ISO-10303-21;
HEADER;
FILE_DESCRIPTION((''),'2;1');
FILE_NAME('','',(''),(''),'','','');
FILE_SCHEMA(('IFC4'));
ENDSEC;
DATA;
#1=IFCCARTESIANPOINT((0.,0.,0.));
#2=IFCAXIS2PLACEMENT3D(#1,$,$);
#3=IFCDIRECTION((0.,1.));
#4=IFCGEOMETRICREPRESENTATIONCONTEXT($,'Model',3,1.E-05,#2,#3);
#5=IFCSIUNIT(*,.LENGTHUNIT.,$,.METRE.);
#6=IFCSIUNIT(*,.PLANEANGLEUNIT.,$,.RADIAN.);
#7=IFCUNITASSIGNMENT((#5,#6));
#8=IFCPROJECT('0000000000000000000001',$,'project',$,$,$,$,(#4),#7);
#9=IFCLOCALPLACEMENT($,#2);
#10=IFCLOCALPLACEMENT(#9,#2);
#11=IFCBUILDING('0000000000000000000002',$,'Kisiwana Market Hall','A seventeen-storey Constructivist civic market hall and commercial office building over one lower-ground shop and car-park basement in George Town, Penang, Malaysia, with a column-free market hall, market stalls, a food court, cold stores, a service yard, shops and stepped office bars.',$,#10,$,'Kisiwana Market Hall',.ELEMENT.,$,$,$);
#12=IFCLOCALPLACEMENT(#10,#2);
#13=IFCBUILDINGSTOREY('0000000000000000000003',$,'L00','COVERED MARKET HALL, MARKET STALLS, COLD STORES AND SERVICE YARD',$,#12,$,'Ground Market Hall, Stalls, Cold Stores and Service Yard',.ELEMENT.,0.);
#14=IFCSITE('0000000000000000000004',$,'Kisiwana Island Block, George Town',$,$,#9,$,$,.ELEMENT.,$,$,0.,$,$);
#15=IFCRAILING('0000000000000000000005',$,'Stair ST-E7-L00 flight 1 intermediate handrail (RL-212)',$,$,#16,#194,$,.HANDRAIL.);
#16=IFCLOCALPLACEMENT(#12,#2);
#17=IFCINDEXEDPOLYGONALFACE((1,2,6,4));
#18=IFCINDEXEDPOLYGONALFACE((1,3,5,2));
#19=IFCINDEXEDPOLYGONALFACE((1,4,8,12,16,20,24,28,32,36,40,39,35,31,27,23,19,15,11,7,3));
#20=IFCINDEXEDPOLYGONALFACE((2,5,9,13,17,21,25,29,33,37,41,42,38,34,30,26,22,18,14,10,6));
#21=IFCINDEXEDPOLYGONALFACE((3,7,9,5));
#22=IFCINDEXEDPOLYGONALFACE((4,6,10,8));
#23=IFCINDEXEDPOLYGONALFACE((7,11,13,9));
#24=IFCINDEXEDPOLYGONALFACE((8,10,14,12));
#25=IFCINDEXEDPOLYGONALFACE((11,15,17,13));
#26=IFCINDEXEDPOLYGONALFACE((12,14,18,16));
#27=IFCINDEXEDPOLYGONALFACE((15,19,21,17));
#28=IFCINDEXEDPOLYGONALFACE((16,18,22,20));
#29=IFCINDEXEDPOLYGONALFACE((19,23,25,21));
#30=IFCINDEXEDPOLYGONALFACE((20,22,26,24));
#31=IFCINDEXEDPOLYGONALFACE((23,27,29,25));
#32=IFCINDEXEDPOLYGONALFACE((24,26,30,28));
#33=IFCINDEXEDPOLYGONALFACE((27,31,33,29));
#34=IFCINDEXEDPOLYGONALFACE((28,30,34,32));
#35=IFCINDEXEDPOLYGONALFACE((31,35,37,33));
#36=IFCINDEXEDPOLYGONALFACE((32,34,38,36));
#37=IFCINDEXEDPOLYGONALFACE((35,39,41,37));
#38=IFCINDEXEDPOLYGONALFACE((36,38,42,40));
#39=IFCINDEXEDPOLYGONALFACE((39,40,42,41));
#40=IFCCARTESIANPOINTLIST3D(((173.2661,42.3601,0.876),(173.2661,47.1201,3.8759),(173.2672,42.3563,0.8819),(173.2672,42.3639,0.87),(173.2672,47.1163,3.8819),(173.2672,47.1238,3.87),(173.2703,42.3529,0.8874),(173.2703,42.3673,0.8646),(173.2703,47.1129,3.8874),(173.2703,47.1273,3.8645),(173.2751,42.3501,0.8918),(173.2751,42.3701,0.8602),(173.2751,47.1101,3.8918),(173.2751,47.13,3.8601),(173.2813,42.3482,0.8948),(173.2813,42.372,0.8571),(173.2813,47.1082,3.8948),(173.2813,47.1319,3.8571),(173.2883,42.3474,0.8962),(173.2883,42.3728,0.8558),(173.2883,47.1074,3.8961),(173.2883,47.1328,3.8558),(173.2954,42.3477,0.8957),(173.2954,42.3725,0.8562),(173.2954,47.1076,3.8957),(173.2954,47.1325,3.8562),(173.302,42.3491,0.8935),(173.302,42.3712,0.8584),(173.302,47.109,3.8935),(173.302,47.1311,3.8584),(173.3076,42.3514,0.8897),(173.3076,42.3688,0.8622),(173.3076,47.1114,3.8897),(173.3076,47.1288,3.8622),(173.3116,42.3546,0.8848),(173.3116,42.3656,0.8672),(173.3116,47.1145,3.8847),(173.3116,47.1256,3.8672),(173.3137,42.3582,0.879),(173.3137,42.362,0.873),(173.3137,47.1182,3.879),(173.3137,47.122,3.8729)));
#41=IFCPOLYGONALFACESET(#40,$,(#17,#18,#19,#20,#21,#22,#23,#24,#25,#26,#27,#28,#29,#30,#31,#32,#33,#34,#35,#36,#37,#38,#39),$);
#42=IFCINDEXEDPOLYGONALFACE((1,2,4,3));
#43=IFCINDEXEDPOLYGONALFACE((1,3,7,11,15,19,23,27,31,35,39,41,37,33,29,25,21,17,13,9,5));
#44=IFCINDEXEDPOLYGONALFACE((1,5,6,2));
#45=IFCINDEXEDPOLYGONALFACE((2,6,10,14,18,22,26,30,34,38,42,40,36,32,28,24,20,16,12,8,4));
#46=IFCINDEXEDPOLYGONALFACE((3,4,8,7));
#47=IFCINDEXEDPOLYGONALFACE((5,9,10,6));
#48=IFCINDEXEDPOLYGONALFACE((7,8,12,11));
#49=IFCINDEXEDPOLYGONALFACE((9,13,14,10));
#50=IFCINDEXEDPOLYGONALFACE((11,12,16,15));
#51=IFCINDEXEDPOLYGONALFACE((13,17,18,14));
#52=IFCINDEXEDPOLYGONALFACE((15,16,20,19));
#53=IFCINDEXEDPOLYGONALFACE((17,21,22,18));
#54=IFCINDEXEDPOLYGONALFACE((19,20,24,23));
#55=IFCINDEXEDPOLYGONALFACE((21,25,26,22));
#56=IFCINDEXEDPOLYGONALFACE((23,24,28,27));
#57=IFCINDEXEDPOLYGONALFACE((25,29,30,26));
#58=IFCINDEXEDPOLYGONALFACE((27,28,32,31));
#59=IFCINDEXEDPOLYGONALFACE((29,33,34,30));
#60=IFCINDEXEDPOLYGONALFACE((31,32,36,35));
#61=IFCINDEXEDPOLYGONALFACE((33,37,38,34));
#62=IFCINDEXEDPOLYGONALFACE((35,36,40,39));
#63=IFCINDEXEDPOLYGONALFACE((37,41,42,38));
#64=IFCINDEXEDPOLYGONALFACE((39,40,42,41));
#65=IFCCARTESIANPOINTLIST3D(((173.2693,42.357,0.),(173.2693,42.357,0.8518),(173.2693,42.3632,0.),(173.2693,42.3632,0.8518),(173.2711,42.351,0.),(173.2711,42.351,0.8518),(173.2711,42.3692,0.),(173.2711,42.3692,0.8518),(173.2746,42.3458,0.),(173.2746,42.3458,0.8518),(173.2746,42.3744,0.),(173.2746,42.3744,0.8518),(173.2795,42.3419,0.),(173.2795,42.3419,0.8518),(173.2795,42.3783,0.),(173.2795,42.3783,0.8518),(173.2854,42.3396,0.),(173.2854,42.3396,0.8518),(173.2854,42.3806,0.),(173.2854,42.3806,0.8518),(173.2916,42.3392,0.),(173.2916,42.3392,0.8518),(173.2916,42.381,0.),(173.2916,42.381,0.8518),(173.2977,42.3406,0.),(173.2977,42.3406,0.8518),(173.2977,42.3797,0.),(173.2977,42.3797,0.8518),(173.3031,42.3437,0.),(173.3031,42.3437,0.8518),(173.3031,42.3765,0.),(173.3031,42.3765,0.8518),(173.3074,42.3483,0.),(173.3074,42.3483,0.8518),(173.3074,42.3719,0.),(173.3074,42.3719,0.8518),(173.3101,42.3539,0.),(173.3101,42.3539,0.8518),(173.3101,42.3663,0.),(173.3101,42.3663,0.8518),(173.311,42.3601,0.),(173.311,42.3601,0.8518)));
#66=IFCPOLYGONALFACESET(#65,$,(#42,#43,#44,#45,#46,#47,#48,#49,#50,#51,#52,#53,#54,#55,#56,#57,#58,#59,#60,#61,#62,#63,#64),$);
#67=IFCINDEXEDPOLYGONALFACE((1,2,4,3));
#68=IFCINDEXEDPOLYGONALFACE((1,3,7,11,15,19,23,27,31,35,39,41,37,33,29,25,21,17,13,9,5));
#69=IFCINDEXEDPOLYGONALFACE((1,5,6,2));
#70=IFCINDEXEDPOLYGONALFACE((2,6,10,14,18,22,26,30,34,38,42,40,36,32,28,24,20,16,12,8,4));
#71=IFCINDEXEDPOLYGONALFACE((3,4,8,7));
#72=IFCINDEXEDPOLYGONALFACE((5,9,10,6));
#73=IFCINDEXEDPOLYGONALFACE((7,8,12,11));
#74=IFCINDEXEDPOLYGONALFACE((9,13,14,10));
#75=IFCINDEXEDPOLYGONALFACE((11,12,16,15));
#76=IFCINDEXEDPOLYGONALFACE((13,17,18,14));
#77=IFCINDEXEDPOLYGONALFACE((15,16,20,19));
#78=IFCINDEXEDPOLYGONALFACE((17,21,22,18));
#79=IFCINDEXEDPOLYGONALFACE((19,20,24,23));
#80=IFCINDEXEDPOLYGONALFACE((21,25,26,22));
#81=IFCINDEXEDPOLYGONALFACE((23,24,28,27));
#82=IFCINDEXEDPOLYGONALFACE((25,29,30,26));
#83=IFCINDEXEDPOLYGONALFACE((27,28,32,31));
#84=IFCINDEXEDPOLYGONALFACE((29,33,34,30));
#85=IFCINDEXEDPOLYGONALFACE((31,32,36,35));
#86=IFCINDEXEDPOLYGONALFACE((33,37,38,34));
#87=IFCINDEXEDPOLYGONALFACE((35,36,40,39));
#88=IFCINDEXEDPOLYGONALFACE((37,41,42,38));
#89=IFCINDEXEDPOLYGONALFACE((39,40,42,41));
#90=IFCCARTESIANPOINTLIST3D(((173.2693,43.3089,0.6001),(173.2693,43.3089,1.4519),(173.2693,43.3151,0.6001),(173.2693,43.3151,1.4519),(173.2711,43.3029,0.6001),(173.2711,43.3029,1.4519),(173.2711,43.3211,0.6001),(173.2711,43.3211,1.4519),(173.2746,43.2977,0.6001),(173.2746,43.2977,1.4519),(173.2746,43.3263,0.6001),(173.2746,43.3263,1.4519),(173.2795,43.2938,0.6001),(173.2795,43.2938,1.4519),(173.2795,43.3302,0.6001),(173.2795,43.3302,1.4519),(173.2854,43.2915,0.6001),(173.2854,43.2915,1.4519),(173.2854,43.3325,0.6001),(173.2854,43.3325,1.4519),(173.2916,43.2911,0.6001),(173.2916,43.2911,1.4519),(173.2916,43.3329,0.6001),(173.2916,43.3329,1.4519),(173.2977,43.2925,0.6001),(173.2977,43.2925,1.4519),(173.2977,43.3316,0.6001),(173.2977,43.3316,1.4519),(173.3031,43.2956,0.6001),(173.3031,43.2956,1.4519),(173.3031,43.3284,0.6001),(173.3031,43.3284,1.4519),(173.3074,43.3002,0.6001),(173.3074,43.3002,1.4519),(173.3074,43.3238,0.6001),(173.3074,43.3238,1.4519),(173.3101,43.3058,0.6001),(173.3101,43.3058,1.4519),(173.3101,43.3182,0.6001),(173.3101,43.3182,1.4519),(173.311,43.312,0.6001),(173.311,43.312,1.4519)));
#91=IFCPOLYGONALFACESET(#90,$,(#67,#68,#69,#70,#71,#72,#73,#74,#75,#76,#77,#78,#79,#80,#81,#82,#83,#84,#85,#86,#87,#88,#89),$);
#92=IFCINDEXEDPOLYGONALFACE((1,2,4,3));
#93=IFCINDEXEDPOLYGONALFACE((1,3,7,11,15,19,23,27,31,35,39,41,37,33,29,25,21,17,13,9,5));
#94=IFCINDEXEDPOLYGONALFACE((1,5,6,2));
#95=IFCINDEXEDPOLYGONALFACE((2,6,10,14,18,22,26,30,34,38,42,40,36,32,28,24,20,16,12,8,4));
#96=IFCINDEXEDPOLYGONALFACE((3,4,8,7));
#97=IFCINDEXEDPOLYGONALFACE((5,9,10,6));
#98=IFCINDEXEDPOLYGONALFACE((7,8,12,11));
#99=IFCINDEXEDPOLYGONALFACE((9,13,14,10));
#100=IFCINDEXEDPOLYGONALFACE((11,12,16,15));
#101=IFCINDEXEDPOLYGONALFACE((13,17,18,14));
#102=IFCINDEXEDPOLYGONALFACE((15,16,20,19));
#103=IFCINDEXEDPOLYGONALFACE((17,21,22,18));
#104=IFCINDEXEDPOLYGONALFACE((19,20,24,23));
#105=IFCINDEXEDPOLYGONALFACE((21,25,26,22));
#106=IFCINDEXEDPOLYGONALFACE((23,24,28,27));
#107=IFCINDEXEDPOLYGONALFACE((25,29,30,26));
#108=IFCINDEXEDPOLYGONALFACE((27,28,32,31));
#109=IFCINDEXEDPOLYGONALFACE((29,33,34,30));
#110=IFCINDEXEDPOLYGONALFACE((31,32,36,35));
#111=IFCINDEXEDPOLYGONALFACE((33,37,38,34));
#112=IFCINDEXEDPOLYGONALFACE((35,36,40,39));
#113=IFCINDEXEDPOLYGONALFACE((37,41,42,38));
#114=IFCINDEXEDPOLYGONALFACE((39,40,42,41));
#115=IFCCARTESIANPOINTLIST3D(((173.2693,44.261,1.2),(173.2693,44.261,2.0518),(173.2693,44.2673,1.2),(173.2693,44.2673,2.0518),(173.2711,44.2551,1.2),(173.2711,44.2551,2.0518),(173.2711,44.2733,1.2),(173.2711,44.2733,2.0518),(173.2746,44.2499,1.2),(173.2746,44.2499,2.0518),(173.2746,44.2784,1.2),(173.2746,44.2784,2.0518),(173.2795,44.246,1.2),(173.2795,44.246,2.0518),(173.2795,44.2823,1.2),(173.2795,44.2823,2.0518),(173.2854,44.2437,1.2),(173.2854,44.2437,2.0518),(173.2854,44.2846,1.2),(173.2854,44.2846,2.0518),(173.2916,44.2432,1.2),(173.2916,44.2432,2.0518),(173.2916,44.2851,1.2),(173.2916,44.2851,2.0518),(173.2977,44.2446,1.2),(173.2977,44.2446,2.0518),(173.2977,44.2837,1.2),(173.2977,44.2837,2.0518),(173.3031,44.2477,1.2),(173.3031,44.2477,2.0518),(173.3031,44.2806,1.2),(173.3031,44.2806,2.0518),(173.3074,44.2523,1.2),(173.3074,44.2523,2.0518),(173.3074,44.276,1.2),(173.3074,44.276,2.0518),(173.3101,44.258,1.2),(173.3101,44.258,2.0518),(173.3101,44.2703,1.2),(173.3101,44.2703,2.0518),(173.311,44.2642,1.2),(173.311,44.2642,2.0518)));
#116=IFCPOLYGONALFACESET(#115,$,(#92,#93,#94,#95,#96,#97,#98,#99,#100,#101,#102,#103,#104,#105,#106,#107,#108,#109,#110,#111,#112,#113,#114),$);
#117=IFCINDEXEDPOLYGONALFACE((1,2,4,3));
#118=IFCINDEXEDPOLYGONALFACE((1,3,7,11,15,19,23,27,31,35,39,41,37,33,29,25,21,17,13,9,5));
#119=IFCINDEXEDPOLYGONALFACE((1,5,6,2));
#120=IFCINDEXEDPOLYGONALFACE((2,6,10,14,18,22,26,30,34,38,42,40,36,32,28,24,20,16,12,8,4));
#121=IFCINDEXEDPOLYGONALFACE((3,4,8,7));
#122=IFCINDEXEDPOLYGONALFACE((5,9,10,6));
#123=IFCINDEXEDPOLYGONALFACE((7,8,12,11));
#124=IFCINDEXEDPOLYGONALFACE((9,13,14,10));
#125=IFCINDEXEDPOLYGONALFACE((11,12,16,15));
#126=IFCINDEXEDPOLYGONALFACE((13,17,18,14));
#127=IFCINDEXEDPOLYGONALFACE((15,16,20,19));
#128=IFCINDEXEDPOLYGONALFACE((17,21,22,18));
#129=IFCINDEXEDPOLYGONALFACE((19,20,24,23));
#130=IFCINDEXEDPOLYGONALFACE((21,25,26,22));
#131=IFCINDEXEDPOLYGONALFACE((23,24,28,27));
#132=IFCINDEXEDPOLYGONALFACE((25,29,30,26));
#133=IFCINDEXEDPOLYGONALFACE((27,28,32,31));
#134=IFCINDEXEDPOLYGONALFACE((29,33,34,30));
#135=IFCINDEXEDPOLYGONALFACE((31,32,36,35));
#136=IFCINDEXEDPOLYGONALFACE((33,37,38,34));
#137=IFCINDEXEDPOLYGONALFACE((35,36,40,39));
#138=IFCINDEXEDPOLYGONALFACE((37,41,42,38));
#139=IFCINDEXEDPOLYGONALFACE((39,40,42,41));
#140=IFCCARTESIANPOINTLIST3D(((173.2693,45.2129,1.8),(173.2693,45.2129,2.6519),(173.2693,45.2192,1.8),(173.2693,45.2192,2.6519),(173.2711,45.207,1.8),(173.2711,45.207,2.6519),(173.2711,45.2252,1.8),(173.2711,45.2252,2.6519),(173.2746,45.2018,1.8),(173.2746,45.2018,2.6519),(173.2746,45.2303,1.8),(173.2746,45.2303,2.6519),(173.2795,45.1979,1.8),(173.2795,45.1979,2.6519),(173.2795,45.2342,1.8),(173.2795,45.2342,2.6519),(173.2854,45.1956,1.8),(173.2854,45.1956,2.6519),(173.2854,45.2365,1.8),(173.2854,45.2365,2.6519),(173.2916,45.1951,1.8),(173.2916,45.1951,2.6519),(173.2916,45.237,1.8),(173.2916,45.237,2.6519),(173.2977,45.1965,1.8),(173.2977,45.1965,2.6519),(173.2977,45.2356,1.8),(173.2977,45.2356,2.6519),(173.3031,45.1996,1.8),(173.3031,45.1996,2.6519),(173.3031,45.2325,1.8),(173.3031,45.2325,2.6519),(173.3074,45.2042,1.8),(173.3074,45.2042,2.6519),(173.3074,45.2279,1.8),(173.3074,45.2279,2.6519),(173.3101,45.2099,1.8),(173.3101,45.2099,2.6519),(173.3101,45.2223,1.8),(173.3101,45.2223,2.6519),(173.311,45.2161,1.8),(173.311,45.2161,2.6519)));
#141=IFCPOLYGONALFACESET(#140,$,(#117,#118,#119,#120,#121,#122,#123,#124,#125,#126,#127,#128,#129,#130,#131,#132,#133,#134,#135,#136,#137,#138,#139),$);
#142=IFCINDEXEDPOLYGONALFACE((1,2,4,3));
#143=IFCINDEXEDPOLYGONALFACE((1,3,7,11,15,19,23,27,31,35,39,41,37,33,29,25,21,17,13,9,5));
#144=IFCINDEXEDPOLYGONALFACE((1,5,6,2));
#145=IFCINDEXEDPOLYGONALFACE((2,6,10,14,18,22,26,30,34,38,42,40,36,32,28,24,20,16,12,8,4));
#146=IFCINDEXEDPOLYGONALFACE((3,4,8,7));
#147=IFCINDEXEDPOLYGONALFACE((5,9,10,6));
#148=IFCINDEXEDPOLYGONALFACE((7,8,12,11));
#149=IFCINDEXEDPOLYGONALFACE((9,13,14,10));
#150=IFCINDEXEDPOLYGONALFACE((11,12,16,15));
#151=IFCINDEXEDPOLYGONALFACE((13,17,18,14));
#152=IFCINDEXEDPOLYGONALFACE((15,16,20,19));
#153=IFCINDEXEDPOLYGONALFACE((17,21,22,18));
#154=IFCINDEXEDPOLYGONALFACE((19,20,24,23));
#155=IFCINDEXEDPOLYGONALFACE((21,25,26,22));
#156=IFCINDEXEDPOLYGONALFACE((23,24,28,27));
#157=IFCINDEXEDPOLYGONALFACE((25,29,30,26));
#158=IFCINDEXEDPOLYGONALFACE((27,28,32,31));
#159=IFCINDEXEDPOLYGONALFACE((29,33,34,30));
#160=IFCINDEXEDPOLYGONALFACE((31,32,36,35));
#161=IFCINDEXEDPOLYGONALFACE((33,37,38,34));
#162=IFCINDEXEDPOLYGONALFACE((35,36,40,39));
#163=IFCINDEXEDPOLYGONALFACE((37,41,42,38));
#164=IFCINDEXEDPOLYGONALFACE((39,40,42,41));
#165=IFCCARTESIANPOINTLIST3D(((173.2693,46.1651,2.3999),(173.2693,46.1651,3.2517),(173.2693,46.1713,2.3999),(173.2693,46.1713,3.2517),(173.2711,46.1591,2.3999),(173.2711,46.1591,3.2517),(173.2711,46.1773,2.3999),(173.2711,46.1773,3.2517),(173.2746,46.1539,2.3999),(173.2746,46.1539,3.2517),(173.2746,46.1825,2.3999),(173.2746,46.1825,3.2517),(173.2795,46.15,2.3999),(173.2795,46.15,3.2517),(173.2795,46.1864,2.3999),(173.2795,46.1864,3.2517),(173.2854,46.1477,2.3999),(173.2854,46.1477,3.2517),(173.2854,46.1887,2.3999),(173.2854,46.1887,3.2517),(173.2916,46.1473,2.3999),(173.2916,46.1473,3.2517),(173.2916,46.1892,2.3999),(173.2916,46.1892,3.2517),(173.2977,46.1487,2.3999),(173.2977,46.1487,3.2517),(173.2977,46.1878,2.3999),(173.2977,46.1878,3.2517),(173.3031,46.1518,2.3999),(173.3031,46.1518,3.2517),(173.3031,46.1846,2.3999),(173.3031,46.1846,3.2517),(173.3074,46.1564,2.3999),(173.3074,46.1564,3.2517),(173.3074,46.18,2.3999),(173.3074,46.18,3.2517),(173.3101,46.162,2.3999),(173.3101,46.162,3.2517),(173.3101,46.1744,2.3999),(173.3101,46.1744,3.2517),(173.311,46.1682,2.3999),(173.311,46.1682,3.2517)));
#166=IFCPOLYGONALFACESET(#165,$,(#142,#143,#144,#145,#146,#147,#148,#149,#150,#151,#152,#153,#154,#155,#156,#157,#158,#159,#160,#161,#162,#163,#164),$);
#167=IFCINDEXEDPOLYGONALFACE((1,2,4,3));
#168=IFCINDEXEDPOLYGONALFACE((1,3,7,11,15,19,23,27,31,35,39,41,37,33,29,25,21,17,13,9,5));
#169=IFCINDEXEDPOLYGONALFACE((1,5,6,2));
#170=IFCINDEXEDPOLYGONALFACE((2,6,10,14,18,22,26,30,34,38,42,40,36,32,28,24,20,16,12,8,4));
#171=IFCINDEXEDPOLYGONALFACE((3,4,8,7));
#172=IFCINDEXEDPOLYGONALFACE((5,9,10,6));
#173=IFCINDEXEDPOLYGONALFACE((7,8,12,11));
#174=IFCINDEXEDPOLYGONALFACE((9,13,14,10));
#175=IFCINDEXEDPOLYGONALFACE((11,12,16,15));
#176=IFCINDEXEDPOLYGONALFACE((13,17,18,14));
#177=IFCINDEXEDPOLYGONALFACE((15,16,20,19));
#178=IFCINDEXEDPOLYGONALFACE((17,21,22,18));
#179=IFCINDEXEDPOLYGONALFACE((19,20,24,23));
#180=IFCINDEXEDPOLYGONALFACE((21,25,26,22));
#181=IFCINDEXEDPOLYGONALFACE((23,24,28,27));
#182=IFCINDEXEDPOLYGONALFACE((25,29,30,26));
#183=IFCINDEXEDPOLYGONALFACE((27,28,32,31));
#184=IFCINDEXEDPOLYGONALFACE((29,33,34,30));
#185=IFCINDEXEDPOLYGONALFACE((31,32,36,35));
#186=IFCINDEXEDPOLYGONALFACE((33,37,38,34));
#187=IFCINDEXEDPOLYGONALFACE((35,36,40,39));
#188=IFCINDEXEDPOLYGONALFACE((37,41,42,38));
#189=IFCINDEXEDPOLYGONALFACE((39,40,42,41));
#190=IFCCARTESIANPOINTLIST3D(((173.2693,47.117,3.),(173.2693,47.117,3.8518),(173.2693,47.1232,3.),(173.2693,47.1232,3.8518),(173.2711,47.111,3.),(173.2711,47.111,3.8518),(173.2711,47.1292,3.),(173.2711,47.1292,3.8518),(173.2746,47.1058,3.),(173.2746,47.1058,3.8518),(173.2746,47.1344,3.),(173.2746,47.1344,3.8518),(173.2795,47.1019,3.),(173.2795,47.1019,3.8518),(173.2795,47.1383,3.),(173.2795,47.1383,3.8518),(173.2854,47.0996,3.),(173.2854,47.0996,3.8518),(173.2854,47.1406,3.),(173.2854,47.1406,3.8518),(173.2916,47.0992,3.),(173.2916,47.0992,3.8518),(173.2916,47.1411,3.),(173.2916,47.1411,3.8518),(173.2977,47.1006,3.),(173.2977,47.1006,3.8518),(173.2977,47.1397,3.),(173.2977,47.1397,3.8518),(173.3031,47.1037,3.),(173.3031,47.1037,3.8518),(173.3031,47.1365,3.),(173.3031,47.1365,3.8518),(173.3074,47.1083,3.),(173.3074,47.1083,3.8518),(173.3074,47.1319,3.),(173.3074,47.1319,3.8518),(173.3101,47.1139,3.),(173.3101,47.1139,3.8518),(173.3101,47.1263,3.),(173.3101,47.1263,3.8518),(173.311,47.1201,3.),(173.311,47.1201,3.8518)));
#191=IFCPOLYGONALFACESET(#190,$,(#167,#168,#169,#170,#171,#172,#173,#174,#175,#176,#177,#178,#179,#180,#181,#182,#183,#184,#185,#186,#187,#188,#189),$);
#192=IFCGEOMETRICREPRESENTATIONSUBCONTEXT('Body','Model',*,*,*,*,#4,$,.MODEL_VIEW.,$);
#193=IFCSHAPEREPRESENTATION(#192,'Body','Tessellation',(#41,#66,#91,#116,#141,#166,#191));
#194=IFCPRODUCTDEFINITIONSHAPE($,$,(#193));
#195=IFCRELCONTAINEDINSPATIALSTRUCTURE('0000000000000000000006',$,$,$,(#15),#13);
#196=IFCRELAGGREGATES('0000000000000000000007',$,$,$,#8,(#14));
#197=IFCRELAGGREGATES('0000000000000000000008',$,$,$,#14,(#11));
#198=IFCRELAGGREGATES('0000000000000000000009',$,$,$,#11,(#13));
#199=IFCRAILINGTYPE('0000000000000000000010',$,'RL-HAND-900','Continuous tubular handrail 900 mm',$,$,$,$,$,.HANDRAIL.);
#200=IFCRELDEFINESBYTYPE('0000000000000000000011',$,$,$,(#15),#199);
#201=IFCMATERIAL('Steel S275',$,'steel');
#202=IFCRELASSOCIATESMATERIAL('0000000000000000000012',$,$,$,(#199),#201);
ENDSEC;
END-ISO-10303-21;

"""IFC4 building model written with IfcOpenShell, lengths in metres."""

from ifc_helpers import new_model, si_unit, direction, frame, origin, origin_2d, place, context, subcontext, project, spatial, circle, extrude, material, type_object, element, save


model = new_model("IFC4")

# Units and contexts
model_context = context("Model", 3, precision=1e-05, world=origin(), true_north=direction((0.0, 1.0)))
body_context = subcontext(model_context, "Body", "Model", "MODEL_VIEW")
ifc_project = project(units=[si_unit("LENGTHUNIT", "METRE"), si_unit("PLANEANGLEUNIT", "RADIAN")], contexts=[model_context])

# Site, building, storey
site_placement = place(None, origin())
site = spatial("IfcSite", under=ifc_project, at=site_placement, Name="Kisiwana Island Block, George Town", CompositionType="ELEMENT", RefElevation=0.0)
building_placement = place(site_placement, origin())
building = spatial("IfcBuilding", under=site, at=building_placement, Name="Kisiwana Market Hall", Description="A seventeen-storey Constructivist civic market hall and commercial office building over one lower-ground shop and car-park basement in George Town, Penang, Malaysia, with a column-free market hall, market stalls, a food court, cold stores, a service yard, shops and stepped office bars.", LongName="Kisiwana Market Hall", CompositionType="ELEMENT")
storey_placement = place(building_placement, origin())
storey = spatial("IfcBuildingStorey", under=building, at=storey_placement, Name="L00", Description="COVERED MARKET HALL, MARKET STALLS, COLD STORES AND SERVICE YARD", LongName="Ground Market Hall, Stalls, Cold Stores and Service Yard", CompositionType="ELEMENT", Elevation=0.0)

# Railing
ifc_material_1 = material(Name="Steel S275", Category="steel")
railing_type_1 = type_object("IfcRailingType", Name="RL-HAND-900", Description="Continuous tubular handrail 900 mm", PredefinedType="HANDRAIL", material=ifc_material_1)
for number, where, name in (
    (1, (173.29, 42.3601, 0.0), "Stair ST-E7-L00 flight 1 intermediate handrail (RL-212)"),
):
    element("IfcRailing", number, at=place(storey_placement, frame(where)), inside=storey, type_object=railing_type_1, Name=name, PredefinedType="HANDRAIL", context=body_context, shape_type="SweptSolid", body=[
        extrude(circle(Radius=0.0239, at=origin_2d()), frame((0.0, 0.0, 0.876), z_axis=(0.0, 0.845996, 0.53319), x_axis=(-1.0, 0.0, 0.0)), (0.0, 0.0, 1.0), 5.6265),
        extrude(circle(Radius=0.021, at=origin_2d()), origin(), (0.0, 0.0, 1.0), 0.8518),
        extrude(circle(Radius=0.021, at=origin_2d()), frame((0.0, 0.9519, 0.6001)), (0.0, 0.0, 1.0), 0.8518),
        extrude(circle(Radius=0.021, at=origin_2d()), frame((0.0, 1.9041, 1.2)), (0.0, 0.0, 1.0), 0.8518),
        extrude(circle(Radius=0.021, at=origin_2d()), frame((0.0, 2.856, 1.8)), (0.0, 0.0, 1.0), 0.8518),
        extrude(circle(Radius=0.021, at=origin_2d()), frame((0.0, 3.8081, 2.3999)), (0.0, 0.0, 1.0), 0.8518),
        extrude(circle(Radius=0.021, at=origin_2d()), frame((0.0, 4.76, 3.0)), (0.0, 0.0, 1.0), 0.8518),
    ])

save(model, "model.ifc")
